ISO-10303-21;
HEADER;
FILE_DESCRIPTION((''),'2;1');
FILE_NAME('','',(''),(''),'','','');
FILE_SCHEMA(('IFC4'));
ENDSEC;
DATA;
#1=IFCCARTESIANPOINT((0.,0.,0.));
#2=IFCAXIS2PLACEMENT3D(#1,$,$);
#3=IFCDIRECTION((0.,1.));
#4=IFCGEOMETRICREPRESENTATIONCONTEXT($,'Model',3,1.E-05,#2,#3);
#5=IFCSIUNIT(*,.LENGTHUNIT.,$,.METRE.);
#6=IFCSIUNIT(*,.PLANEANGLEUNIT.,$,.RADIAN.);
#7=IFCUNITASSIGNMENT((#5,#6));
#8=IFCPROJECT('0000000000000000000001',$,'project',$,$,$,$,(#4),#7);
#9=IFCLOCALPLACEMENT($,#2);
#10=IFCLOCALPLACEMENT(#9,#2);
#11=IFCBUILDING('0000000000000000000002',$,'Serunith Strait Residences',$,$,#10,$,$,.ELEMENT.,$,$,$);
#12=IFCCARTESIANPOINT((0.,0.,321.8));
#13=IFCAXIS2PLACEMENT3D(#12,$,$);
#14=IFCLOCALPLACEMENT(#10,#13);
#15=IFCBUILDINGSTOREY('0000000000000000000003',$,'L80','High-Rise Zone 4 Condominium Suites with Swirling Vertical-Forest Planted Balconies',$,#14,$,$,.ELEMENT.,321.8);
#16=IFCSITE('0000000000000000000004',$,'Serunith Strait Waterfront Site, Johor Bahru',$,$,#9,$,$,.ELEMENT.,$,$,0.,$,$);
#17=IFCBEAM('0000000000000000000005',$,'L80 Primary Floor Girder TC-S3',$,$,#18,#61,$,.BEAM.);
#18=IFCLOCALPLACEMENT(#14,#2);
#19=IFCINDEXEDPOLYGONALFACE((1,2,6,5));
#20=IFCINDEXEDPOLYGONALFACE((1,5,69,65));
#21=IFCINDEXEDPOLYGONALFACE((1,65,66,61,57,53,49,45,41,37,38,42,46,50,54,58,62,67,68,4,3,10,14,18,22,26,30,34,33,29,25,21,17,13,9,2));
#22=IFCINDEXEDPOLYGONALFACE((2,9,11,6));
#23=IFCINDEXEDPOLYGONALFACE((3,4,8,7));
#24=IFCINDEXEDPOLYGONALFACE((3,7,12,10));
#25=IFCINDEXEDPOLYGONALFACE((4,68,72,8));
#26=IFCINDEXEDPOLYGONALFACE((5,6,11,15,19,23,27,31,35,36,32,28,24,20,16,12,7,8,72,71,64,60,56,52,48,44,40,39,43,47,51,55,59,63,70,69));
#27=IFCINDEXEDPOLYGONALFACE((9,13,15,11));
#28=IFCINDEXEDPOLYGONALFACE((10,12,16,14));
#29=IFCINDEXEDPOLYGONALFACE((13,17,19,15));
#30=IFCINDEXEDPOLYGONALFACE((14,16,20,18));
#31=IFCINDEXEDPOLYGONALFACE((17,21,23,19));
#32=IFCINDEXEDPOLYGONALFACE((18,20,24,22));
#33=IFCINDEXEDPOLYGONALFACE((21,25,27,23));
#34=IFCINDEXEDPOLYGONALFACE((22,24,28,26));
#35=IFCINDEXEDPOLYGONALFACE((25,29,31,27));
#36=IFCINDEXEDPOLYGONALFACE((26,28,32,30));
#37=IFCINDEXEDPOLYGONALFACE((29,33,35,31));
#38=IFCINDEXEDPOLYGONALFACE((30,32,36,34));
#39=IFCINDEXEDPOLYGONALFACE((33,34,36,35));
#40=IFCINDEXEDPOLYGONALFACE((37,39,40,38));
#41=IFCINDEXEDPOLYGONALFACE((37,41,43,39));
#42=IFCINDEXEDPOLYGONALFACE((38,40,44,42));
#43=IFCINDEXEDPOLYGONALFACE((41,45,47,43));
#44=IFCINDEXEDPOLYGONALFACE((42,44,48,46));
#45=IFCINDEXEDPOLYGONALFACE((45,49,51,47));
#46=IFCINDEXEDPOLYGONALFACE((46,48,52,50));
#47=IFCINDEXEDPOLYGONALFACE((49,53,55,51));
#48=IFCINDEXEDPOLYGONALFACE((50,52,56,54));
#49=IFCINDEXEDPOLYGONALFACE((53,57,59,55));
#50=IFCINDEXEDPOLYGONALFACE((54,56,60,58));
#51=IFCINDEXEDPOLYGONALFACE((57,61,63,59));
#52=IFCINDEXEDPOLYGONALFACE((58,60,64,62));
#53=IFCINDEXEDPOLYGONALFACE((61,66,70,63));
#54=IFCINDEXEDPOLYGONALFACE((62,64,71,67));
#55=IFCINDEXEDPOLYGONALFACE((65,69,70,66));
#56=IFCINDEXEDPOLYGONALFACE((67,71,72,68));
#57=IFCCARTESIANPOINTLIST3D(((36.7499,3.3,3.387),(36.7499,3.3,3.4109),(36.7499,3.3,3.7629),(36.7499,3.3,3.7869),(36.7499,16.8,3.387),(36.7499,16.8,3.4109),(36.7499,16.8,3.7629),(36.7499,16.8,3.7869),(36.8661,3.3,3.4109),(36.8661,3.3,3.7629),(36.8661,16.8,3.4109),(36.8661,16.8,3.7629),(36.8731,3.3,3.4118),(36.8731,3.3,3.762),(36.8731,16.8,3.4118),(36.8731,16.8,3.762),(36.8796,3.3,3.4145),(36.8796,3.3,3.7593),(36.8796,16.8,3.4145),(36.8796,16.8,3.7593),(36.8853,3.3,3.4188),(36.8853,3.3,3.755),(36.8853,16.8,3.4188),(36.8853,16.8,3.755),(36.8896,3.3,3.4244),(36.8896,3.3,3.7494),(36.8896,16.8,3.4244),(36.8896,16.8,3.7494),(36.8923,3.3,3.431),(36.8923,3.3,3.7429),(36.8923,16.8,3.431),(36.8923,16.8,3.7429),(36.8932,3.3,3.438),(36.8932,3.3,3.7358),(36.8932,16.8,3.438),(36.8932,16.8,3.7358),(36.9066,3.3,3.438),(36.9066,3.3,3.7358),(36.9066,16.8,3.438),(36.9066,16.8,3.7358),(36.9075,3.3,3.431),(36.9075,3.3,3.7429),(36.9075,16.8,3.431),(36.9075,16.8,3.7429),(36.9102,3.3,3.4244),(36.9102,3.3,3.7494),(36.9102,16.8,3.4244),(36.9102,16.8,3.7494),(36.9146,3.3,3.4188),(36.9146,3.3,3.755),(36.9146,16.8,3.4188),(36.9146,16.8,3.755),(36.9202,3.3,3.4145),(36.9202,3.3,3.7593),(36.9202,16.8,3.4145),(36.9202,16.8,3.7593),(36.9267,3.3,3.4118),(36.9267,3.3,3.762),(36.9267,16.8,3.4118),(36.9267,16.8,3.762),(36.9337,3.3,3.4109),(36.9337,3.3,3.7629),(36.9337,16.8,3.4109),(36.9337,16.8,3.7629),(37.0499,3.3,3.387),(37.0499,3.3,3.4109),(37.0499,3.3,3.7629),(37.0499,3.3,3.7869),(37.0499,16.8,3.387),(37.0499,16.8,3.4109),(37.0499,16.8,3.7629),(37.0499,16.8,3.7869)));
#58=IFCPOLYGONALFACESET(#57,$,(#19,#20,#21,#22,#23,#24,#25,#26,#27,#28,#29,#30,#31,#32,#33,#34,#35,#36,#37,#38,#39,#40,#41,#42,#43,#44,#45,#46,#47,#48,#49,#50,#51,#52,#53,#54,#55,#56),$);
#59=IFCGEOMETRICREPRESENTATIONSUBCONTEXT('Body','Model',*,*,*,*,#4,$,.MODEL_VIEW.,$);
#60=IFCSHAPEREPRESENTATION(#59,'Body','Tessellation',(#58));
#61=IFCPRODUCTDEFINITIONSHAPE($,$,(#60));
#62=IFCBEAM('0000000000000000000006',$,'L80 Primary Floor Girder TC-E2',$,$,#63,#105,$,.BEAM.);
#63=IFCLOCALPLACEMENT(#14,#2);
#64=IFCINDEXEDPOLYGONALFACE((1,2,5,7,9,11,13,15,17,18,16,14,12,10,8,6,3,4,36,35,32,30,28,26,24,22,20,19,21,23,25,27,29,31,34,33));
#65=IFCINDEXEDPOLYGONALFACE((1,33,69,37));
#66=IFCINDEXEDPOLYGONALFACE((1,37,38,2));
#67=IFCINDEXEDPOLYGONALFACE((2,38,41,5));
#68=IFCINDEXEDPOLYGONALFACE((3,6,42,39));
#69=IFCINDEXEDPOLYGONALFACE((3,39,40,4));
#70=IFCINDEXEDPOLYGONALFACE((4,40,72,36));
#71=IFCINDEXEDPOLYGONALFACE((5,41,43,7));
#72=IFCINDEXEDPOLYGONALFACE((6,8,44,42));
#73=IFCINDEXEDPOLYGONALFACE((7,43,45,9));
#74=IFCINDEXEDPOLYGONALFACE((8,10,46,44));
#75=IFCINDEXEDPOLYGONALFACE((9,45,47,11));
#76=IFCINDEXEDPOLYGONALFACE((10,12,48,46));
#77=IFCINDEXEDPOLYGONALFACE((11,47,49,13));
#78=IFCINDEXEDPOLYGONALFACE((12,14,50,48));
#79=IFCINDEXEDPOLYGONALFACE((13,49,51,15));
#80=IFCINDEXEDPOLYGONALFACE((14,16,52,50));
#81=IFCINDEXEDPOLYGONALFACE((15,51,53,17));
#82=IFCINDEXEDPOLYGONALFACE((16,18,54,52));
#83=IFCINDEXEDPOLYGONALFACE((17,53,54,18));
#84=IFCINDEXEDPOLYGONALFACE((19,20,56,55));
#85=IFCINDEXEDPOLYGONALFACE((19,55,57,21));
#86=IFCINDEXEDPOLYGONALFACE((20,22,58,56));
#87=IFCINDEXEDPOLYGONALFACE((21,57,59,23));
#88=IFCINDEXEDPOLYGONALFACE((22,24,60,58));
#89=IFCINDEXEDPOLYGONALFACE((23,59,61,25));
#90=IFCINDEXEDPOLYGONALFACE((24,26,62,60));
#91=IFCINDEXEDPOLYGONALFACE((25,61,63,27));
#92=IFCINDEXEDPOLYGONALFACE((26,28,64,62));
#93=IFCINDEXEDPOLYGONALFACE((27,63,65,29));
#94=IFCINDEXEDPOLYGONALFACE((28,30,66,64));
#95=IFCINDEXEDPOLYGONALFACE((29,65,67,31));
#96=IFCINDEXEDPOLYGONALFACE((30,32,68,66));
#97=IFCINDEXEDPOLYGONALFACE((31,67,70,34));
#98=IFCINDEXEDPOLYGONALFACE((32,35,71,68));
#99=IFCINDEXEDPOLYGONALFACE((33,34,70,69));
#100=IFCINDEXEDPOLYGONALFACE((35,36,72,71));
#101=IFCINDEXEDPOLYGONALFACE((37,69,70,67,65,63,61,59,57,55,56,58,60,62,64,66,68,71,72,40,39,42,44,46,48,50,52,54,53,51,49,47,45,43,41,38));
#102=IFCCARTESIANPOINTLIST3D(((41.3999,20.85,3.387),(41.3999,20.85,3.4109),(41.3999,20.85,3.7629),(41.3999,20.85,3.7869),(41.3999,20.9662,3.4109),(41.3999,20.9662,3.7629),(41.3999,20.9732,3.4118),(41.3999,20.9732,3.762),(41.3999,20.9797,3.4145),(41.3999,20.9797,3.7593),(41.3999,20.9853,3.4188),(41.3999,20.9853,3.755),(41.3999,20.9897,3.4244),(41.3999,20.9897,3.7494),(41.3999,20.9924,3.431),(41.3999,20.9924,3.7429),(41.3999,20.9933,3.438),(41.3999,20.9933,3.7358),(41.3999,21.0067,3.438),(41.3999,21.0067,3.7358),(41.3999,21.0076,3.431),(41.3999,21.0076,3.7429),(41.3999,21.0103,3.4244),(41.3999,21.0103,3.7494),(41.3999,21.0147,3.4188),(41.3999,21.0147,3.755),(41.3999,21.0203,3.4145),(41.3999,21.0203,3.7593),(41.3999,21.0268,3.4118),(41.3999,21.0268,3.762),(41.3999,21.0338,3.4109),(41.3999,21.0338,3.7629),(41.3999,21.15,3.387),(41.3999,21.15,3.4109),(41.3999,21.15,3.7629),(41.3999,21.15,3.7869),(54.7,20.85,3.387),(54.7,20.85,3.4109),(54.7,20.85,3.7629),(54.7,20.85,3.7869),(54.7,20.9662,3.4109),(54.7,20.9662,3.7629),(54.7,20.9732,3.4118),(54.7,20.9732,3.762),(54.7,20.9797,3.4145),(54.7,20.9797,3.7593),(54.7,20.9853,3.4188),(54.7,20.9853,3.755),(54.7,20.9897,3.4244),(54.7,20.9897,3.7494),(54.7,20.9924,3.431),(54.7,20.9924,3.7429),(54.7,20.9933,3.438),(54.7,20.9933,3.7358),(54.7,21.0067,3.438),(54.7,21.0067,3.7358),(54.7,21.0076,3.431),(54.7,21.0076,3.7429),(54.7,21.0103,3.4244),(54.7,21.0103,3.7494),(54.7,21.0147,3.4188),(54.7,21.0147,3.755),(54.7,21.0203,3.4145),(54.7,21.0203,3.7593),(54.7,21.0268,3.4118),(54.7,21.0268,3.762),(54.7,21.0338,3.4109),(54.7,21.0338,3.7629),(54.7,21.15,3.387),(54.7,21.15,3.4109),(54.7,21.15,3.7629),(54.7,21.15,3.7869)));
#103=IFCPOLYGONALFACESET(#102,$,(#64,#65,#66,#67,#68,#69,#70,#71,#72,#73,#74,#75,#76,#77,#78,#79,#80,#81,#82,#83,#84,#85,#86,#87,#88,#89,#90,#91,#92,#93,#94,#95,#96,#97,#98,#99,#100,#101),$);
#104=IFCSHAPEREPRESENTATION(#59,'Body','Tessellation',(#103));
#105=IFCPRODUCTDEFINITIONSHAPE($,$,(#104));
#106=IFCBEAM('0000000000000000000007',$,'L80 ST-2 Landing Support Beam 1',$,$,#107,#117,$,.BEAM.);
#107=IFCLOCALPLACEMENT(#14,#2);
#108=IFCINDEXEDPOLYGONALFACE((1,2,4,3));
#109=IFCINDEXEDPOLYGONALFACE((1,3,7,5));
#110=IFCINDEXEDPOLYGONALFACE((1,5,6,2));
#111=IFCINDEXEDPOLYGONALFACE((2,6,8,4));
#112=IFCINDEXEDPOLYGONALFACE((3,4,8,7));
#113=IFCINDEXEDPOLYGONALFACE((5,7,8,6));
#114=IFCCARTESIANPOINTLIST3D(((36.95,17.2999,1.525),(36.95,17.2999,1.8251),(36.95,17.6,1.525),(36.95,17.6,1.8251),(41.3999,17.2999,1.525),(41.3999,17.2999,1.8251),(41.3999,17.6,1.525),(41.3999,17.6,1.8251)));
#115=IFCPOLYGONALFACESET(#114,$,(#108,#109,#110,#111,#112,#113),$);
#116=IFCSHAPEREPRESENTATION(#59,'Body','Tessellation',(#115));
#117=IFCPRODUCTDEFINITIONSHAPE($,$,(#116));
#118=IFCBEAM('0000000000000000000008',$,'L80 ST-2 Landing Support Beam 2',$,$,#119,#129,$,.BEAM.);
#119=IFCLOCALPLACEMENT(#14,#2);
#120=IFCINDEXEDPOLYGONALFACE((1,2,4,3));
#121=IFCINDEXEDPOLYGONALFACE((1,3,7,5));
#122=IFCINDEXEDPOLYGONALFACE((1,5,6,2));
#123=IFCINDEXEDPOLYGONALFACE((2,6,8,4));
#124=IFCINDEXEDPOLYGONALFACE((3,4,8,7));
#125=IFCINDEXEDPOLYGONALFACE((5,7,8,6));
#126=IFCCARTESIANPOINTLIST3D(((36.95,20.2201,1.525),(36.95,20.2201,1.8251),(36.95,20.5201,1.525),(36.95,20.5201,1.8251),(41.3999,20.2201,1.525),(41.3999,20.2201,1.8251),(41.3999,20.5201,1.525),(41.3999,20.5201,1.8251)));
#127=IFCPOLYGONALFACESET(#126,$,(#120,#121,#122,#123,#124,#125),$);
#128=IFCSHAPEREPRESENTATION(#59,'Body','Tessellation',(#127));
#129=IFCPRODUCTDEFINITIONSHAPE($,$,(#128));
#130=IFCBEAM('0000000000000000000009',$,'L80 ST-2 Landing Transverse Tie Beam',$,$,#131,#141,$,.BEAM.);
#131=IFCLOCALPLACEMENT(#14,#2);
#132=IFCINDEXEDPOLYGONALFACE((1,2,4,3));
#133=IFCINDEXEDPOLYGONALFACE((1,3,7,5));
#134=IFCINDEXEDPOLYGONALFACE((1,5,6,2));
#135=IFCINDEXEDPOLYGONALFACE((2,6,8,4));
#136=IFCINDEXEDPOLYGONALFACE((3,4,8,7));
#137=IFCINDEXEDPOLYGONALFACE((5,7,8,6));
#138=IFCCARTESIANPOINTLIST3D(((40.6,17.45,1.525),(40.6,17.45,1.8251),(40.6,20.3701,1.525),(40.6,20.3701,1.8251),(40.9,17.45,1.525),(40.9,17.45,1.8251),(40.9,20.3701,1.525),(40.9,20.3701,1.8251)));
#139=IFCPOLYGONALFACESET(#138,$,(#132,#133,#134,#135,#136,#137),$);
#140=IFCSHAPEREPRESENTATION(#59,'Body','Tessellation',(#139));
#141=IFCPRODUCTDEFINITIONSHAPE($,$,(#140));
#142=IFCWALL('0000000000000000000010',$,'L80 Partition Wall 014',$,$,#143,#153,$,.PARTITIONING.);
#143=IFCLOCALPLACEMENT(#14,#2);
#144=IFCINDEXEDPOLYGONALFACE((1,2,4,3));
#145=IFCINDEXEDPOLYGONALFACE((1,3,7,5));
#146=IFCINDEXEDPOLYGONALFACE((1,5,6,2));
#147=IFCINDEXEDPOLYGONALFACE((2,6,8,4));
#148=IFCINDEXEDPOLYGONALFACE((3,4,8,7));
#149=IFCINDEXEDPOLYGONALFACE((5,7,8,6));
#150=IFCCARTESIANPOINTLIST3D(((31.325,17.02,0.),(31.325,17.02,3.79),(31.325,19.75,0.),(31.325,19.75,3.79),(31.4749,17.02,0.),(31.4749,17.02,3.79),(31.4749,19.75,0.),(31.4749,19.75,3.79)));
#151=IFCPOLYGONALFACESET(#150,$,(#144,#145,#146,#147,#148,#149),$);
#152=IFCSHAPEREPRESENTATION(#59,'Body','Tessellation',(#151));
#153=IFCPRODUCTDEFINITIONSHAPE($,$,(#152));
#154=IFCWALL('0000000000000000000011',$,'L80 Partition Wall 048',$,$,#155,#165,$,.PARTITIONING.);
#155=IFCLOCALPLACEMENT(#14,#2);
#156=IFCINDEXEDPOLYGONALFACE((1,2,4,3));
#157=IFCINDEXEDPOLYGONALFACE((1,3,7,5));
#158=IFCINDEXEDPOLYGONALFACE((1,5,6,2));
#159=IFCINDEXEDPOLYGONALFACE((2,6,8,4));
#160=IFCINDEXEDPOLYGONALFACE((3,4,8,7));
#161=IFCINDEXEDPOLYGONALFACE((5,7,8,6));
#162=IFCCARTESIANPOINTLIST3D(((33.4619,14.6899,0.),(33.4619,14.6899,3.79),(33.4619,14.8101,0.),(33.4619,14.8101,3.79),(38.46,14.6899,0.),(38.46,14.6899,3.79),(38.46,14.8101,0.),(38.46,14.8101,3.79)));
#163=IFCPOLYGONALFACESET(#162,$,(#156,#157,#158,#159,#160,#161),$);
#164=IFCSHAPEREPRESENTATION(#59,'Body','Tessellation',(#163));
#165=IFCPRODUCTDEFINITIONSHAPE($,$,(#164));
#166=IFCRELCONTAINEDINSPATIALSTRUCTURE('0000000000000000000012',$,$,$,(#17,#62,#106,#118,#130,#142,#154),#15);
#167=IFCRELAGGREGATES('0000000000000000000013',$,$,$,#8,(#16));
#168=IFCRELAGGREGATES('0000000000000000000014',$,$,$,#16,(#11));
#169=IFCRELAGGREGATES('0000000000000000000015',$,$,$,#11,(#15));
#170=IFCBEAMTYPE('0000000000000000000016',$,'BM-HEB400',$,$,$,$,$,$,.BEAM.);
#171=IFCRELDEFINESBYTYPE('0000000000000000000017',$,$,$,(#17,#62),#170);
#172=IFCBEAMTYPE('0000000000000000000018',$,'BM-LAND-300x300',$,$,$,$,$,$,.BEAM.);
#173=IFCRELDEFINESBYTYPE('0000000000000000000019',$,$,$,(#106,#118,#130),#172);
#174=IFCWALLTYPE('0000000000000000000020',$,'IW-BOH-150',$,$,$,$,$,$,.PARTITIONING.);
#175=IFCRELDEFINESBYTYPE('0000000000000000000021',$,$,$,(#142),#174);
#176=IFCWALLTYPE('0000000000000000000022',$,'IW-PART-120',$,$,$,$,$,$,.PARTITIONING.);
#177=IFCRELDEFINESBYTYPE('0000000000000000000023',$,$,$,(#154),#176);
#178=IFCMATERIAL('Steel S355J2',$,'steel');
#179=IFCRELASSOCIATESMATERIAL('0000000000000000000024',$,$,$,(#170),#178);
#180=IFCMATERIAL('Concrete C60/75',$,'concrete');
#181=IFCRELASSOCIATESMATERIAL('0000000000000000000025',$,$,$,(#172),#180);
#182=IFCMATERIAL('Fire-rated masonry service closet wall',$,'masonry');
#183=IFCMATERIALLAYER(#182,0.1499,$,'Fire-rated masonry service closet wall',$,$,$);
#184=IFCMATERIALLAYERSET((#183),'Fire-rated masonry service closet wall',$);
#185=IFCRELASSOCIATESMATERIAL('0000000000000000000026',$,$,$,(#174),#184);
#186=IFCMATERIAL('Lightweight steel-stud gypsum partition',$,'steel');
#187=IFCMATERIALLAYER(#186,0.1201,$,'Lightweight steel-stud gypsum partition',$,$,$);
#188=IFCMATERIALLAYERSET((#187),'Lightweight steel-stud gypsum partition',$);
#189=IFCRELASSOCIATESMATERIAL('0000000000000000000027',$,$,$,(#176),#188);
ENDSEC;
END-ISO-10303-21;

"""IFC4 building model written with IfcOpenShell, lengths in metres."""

from ifc_helpers import new_model, si_unit, direction, frame, frame_2d, origin, origin_2d, place, context, subcontext, project, spatial, rectangle, i_section, extrude, source, transform, mapped, material, layer, layer_set, material_profile, profile_set, type_object, element, save


model = new_model("IFC4")

# Units and contexts
model_context = context("Model", 3, precision=1e-05, world=origin(), true_north=direction((0.0, 1.0)))
body_context = subcontext(model_context, "Body", "Model", "MODEL_VIEW")
ifc_project = project(units=[si_unit("LENGTHUNIT", "METRE"), si_unit("PLANEANGLEUNIT", "RADIAN")], contexts=[model_context])

# Site, building, storey
site_placement = place(None, origin())
site = spatial("IfcSite", under=ifc_project, at=site_placement, Name="Serunith Strait Waterfront Site, Johor Bahru", CompositionType="ELEMENT", RefElevation=0.0)
building_placement = place(site_placement, origin())
building = spatial("IfcBuilding", under=site, at=building_placement, Name="Serunith Strait Residences", CompositionType="ELEMENT")
storey_placement = place(building_placement, frame((0.0, 0.0, 321.8)))
storey = spatial("IfcBuildingStorey", under=building, at=storey_placement, Name="L80", Description="High-Rise Zone 4 Condominium Suites with Swirling Vertical-Forest Planted Balconies", CompositionType="ELEMENT", Elevation=321.8)

# Beams
ifc_material_1 = material(Name="Steel S355J2", Category="steel")
ifc_material_profile_1 = material_profile(ifc_material_1, i_section(OverallWidth=0.3, OverallDepth=0.3999, WebThickness=0.0134, FlangeThickness=0.0239, FilletRadius=0.0271, at=origin_2d()), Name="HEB 400")
ifc_profile_set_1 = profile_set([ifc_material_profile_1], Name="Steel S355J2")
beam_type_1 = type_object("IfcBeamType", Name="BM-HEB400", PredefinedType="BEAM", material=ifc_profile_set_1)
shared_shape_1 = source(origin(), body_context, "Body", "SweptSolid", [
    extrude(i_section(OverallWidth=0.3, OverallDepth=0.3999, WebThickness=0.0134, FlangeThickness=0.0239, FilletRadius=0.0271, at=origin_2d()), origin(), (0.0, 0.0, 1.0), 13.5),
])
beam_1_placement = place(storey_placement, frame((36.8999, 16.8, 3.5869), z_axis=(0.0, -1.0, 0.0), x_axis=(1.0, 0.0, 0.0)))
element("IfcBeam", 1, at=beam_1_placement, inside=storey, type_object=beam_type_1, Name="L80 Primary Floor Girder TC-S3", PredefinedType="BEAM", context=body_context, shape_type="MappedRepresentation", body=[
    mapped(shared_shape_1, transform((0.0, 0.0, 0.0), scale=1.0)),
])
shared_shape_2 = source(origin(), body_context, "Body", "SweptSolid", [
    extrude(i_section(OverallWidth=0.3, OverallDepth=0.3999, WebThickness=0.0134, FlangeThickness=0.0239, FilletRadius=0.0271, at=origin_2d()), origin(), (0.0, 0.0, 1.0), 13.3),
])
beam_2_placement = place(storey_placement, frame((41.3999, 21.0, 3.5869), z_axis=(1.0, 0.0, 0.0), x_axis=(0.0, 1.0, 0.0)))
element("IfcBeam", 2, at=beam_2_placement, inside=storey, type_object=beam_type_1, Name="L80 Primary Floor Girder TC-E2", PredefinedType="BEAM", context=body_context, shape_type="MappedRepresentation", body=[
    mapped(shared_shape_2, transform((0.0, 0.0, 0.0), scale=1.0)),
])
ifc_material_2 = material(Name="Concrete C60/75", Category="concrete")
ifc_material_profile_2 = material_profile(ifc_material_2, rectangle(XDim=0.3, YDim=0.3, at=origin_2d()), Name="RC 300x300")
ifc_profile_set_2 = profile_set([ifc_material_profile_2], Name="Concrete C60/75")
beam_type_2 = type_object("IfcBeamType", Name="BM-LAND-300x300", PredefinedType="BEAM", material=ifc_profile_set_2)
shared_shape_3 = source(origin(), body_context, "Body", "SweptSolid", [
    extrude(rectangle(XDim=0.3, YDim=0.3, at=origin_2d()), origin(), (0.0, 0.0, 1.0), 4.45),
])
for number, where, z_axis, x_axis, name in (
    (3, (36.95, 17.45, 1.675), (1.0, 0.0, 0.0), (0.0, 1.0, 0.0), "L80 ST-2 Landing Support Beam 1"),
    (4, (36.95, 20.3701, 1.675), (1.0, 0.0, 0.0), (0.0, 1.0, 0.0), "L80 ST-2 Landing Support Beam 2"),
):
    element("IfcBeam", number, at=place(storey_placement, frame(where, z_axis=z_axis, x_axis=x_axis)), inside=storey, type_object=beam_type_2, Name=name, PredefinedType="BEAM", context=body_context, shape_type="MappedRepresentation", body=[
        mapped(shared_shape_3, transform((0.0, 0.0, 0.0), scale=1.0)),
    ])
shared_shape_4 = source(origin(), body_context, "Body", "SweptSolid", [
    extrude(rectangle(XDim=0.3, YDim=0.3, at=origin_2d()), origin(), (0.0, 0.0, 1.0), 2.9202),
])
beam_3_placement = place(storey_placement, frame((40.75, 17.45, 1.675), z_axis=(0.0, 1.0, 0.0), x_axis=(-1.0, 0.0, 0.0)))
element("IfcBeam", 5, at=beam_3_placement, inside=storey, type_object=beam_type_2, Name="L80 ST-2 Landing Transverse Tie Beam", PredefinedType="BEAM", context=body_context, shape_type="MappedRepresentation", body=[
    mapped(shared_shape_4, transform((0.0, 0.0, 0.0), scale=1.0)),
])

# Wall
ifc_material_3 = material(Name="Fire-rated masonry service closet wall", Category="masonry")
ifc_layer_1 = layer(ifc_material_3, 0.1499, Name="Fire-rated masonry service closet wall")
ifc_layer_set_1 = layer_set([ifc_layer_1], Name="Fire-rated masonry service closet wall")
wall_type_1 = type_object("IfcWallType", Name="IW-BOH-150", PredefinedType="PARTITIONING", material=ifc_layer_set_1)
wall_1_placement = place(storey_placement, frame((31.3999, 17.02, 0.0), z_axis=(0.0, 0.0, 1.0), x_axis=(0.0, 1.0, 0.0)))
element("IfcWall", 6, at=wall_1_placement, inside=storey, type_object=wall_type_1, Name="L80 Partition Wall 014", PredefinedType="PARTITIONING", context=body_context, shape_type="SweptSolid", body=[
    extrude(rectangle(XDim=2.73, YDim=0.1499, at=frame_2d((1.365, 0.0))), origin(), (0.0, 0.0, 1.0), 3.79),
])

# Wall
ifc_material_4 = material(Name="Lightweight steel-stud gypsum partition", Category="steel")
ifc_layer_2 = layer(ifc_material_4, 0.1201, Name="Lightweight steel-stud gypsum partition")
ifc_layer_set_2 = layer_set([ifc_layer_2], Name="Lightweight steel-stud gypsum partition")
wall_type_2 = type_object("IfcWallType", Name="IW-PART-120", PredefinedType="PARTITIONING", material=ifc_layer_set_2)
wall_2_placement = place(storey_placement, frame((33.4619, 14.75, 0.0), z_axis=(0.0, 0.0, 1.0), x_axis=(1.0, 0.0, 0.0)))
element("IfcWall", 7, at=wall_2_placement, inside=storey, type_object=wall_type_2, Name="L80 Partition Wall 048", PredefinedType="PARTITIONING", context=body_context, shape_type="SweptSolid", body=[
    extrude(rectangle(XDim=4.998, YDim=0.1201, at=frame_2d((2.499, 0.0))), origin(), (0.0, 0.0, 1.0), 3.79),
])

save(model, "model.ifc")
